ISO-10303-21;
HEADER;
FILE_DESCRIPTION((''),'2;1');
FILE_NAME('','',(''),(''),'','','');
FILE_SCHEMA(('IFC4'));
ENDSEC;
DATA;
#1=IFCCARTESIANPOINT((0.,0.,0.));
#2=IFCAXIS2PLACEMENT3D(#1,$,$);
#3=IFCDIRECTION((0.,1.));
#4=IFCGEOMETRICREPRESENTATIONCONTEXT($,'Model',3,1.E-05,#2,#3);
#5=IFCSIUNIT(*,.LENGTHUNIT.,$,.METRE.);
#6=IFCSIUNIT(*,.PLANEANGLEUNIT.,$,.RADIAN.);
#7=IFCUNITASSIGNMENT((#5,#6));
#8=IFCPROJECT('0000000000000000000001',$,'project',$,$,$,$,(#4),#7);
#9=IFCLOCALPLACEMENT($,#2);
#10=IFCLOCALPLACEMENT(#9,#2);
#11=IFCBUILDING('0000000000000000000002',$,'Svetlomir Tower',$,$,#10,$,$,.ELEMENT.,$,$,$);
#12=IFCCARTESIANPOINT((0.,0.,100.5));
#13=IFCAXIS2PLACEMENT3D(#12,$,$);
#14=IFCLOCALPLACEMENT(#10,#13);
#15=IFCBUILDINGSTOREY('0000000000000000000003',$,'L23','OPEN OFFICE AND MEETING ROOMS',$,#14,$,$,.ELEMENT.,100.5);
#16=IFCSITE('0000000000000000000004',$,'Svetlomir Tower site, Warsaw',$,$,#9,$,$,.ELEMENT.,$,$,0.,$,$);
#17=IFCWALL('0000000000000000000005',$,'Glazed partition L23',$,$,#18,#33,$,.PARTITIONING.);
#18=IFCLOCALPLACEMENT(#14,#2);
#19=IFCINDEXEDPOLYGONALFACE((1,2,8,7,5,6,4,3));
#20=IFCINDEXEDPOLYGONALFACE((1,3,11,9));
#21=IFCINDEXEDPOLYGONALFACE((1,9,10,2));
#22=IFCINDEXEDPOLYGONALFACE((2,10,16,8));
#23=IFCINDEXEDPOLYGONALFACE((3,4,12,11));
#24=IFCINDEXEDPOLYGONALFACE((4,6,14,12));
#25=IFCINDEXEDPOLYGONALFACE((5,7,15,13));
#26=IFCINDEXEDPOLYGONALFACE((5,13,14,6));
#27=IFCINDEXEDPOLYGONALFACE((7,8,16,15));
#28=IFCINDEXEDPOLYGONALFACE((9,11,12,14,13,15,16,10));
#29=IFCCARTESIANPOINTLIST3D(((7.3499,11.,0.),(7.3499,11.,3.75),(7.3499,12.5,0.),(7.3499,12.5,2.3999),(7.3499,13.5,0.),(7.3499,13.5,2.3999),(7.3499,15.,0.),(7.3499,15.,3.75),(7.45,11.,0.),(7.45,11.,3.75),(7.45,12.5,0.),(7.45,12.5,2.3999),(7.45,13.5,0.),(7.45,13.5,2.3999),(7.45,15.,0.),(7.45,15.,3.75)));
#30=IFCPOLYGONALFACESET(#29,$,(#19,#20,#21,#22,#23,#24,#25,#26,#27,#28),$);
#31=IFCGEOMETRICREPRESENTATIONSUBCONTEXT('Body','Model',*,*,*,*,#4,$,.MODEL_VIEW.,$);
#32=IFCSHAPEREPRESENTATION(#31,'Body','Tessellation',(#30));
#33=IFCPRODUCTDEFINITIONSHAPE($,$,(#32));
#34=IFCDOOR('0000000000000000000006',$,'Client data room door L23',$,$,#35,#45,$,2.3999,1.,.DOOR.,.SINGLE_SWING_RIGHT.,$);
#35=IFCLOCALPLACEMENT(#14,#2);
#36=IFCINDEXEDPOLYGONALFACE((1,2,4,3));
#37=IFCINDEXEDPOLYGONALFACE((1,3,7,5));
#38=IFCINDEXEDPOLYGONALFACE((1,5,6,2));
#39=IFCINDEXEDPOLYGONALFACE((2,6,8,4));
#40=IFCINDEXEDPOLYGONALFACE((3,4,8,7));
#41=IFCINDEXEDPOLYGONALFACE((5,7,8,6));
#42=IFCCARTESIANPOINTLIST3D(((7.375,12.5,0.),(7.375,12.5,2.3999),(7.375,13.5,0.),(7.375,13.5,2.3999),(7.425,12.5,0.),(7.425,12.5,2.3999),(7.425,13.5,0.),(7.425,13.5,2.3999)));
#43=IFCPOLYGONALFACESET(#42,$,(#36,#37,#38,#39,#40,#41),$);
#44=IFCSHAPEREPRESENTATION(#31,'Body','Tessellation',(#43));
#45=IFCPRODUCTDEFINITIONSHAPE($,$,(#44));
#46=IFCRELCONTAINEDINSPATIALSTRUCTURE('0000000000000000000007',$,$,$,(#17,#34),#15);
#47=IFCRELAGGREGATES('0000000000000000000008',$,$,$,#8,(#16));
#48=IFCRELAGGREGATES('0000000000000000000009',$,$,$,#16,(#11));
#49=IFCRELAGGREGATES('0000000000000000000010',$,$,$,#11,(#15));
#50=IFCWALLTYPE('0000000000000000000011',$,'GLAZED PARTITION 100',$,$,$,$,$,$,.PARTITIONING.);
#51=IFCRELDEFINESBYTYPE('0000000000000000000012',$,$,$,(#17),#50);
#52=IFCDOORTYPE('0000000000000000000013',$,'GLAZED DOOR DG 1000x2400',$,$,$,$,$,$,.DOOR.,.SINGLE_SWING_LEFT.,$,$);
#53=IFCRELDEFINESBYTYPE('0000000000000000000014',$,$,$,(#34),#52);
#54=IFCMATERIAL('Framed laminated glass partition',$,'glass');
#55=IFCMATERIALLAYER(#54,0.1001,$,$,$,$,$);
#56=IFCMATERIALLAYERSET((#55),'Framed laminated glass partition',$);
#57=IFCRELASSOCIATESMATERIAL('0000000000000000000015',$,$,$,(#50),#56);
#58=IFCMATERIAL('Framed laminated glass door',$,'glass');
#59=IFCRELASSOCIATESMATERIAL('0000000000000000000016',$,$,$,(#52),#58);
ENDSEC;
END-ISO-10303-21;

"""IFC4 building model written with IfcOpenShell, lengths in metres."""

from ifc_helpers import new_model, si_unit, direction, frame, frame_2d, origin, place, context, subcontext, project, spatial, rectangle, extrude, material, layer, layer_set, type_object, element, fill, save


model = new_model("IFC4")

# Units and contexts
model_context = context("Model", 3, precision=1e-05, world=origin(), true_north=direction((0.0, 1.0)))
body_context = subcontext(model_context, "Body", "Model", "MODEL_VIEW")
ifc_project = project(units=[si_unit("LENGTHUNIT", "METRE"), si_unit("PLANEANGLEUNIT", "RADIAN")], contexts=[model_context])

# Site, building, storey
site_placement = place(None, origin())
site = spatial("IfcSite", under=ifc_project, at=site_placement, Name="Svetlomir Tower site, Warsaw", CompositionType="ELEMENT", RefElevation=0.0)
building_placement = place(site_placement, origin())
building = spatial("IfcBuilding", under=site, at=building_placement, Name="Svetlomir Tower", CompositionType="ELEMENT")
storey_placement = place(building_placement, frame((0.0, 0.0, 100.5)))
storey = spatial("IfcBuildingStorey", under=building, at=storey_placement, Name="L23", Description="OPEN OFFICE AND MEETING ROOMS", CompositionType="ELEMENT", Elevation=100.5)

# Wall, opening, door
ifc_material_1 = material(Name="Framed laminated glass partition", Category="glass")
ifc_layer_1 = layer(ifc_material_1, 0.1001)
ifc_layer_set_1 = layer_set([ifc_layer_1], Name="Framed laminated glass partition")
wall_type = type_object("IfcWallType", Name="GLAZED PARTITION 100", PredefinedType="PARTITIONING", material=ifc_layer_set_1)
wall_placement = place(storey_placement, frame((7.3999, 11.0, 0.0), z_axis=(0.0, 0.0, 1.0), x_axis=(0.0, 1.0, 0.0)))
wall = element("IfcWall", 1, at=wall_placement, inside=storey, type_object=wall_type, Name="Glazed partition L23", PredefinedType="PARTITIONING", context=body_context, shape_type="SweptSolid", body=[
    extrude(rectangle(XDim=4.0, YDim=0.1001, at=frame_2d((2.0, 0.0))), origin(), (0.0, 0.0, 1.0), 3.75),
])
opening_placement = place(wall_placement, frame((1.5, 0.0, 0.0)))
opening = element("IfcOpeningElement", 2, at=opening_placement, cuts=wall, PredefinedType="OPENING", context=body_context, shape_type="SweptSolid", body=[
    extrude(rectangle(XDim=1.0, YDim=2.3999, at=frame_2d((0.5, 1.2))), frame((0.0, 0.0601, 0.0), z_axis=(0.0, -1.0, 0.0), x_axis=(1.0, 0.0, 0.0)), (0.0, 0.0, 1.0), 0.1201),
])
ifc_material_2 = material(Name="Framed laminated glass door", Category="glass")
door_type = type_object("IfcDoorType", Name="GLAZED DOOR DG 1000x2400", OperationType="SINGLE_SWING_LEFT", PredefinedType="DOOR", material=ifc_material_2)
door_placement = place(opening_placement, origin())
door = element("IfcDoor", 3, at=door_placement, inside=storey, type_object=door_type, Name="Client data room door L23", OperationType="SINGLE_SWING_RIGHT", OverallHeight=2.3999, OverallWidth=1.0, PredefinedType="DOOR", context=body_context, shape_type="SweptSolid", body=[
    extrude(rectangle(XDim=1.0, YDim=2.3999, at=frame_2d((0.5, 1.2))), frame((0.0, 0.0249, 0.0), z_axis=(0.0, -1.0, 0.0), x_axis=(1.0, 0.0, 0.0)), (0.0, 0.0, 1.0), 0.05),
])
fill(opening, door)

save(model, "model.ifc")
